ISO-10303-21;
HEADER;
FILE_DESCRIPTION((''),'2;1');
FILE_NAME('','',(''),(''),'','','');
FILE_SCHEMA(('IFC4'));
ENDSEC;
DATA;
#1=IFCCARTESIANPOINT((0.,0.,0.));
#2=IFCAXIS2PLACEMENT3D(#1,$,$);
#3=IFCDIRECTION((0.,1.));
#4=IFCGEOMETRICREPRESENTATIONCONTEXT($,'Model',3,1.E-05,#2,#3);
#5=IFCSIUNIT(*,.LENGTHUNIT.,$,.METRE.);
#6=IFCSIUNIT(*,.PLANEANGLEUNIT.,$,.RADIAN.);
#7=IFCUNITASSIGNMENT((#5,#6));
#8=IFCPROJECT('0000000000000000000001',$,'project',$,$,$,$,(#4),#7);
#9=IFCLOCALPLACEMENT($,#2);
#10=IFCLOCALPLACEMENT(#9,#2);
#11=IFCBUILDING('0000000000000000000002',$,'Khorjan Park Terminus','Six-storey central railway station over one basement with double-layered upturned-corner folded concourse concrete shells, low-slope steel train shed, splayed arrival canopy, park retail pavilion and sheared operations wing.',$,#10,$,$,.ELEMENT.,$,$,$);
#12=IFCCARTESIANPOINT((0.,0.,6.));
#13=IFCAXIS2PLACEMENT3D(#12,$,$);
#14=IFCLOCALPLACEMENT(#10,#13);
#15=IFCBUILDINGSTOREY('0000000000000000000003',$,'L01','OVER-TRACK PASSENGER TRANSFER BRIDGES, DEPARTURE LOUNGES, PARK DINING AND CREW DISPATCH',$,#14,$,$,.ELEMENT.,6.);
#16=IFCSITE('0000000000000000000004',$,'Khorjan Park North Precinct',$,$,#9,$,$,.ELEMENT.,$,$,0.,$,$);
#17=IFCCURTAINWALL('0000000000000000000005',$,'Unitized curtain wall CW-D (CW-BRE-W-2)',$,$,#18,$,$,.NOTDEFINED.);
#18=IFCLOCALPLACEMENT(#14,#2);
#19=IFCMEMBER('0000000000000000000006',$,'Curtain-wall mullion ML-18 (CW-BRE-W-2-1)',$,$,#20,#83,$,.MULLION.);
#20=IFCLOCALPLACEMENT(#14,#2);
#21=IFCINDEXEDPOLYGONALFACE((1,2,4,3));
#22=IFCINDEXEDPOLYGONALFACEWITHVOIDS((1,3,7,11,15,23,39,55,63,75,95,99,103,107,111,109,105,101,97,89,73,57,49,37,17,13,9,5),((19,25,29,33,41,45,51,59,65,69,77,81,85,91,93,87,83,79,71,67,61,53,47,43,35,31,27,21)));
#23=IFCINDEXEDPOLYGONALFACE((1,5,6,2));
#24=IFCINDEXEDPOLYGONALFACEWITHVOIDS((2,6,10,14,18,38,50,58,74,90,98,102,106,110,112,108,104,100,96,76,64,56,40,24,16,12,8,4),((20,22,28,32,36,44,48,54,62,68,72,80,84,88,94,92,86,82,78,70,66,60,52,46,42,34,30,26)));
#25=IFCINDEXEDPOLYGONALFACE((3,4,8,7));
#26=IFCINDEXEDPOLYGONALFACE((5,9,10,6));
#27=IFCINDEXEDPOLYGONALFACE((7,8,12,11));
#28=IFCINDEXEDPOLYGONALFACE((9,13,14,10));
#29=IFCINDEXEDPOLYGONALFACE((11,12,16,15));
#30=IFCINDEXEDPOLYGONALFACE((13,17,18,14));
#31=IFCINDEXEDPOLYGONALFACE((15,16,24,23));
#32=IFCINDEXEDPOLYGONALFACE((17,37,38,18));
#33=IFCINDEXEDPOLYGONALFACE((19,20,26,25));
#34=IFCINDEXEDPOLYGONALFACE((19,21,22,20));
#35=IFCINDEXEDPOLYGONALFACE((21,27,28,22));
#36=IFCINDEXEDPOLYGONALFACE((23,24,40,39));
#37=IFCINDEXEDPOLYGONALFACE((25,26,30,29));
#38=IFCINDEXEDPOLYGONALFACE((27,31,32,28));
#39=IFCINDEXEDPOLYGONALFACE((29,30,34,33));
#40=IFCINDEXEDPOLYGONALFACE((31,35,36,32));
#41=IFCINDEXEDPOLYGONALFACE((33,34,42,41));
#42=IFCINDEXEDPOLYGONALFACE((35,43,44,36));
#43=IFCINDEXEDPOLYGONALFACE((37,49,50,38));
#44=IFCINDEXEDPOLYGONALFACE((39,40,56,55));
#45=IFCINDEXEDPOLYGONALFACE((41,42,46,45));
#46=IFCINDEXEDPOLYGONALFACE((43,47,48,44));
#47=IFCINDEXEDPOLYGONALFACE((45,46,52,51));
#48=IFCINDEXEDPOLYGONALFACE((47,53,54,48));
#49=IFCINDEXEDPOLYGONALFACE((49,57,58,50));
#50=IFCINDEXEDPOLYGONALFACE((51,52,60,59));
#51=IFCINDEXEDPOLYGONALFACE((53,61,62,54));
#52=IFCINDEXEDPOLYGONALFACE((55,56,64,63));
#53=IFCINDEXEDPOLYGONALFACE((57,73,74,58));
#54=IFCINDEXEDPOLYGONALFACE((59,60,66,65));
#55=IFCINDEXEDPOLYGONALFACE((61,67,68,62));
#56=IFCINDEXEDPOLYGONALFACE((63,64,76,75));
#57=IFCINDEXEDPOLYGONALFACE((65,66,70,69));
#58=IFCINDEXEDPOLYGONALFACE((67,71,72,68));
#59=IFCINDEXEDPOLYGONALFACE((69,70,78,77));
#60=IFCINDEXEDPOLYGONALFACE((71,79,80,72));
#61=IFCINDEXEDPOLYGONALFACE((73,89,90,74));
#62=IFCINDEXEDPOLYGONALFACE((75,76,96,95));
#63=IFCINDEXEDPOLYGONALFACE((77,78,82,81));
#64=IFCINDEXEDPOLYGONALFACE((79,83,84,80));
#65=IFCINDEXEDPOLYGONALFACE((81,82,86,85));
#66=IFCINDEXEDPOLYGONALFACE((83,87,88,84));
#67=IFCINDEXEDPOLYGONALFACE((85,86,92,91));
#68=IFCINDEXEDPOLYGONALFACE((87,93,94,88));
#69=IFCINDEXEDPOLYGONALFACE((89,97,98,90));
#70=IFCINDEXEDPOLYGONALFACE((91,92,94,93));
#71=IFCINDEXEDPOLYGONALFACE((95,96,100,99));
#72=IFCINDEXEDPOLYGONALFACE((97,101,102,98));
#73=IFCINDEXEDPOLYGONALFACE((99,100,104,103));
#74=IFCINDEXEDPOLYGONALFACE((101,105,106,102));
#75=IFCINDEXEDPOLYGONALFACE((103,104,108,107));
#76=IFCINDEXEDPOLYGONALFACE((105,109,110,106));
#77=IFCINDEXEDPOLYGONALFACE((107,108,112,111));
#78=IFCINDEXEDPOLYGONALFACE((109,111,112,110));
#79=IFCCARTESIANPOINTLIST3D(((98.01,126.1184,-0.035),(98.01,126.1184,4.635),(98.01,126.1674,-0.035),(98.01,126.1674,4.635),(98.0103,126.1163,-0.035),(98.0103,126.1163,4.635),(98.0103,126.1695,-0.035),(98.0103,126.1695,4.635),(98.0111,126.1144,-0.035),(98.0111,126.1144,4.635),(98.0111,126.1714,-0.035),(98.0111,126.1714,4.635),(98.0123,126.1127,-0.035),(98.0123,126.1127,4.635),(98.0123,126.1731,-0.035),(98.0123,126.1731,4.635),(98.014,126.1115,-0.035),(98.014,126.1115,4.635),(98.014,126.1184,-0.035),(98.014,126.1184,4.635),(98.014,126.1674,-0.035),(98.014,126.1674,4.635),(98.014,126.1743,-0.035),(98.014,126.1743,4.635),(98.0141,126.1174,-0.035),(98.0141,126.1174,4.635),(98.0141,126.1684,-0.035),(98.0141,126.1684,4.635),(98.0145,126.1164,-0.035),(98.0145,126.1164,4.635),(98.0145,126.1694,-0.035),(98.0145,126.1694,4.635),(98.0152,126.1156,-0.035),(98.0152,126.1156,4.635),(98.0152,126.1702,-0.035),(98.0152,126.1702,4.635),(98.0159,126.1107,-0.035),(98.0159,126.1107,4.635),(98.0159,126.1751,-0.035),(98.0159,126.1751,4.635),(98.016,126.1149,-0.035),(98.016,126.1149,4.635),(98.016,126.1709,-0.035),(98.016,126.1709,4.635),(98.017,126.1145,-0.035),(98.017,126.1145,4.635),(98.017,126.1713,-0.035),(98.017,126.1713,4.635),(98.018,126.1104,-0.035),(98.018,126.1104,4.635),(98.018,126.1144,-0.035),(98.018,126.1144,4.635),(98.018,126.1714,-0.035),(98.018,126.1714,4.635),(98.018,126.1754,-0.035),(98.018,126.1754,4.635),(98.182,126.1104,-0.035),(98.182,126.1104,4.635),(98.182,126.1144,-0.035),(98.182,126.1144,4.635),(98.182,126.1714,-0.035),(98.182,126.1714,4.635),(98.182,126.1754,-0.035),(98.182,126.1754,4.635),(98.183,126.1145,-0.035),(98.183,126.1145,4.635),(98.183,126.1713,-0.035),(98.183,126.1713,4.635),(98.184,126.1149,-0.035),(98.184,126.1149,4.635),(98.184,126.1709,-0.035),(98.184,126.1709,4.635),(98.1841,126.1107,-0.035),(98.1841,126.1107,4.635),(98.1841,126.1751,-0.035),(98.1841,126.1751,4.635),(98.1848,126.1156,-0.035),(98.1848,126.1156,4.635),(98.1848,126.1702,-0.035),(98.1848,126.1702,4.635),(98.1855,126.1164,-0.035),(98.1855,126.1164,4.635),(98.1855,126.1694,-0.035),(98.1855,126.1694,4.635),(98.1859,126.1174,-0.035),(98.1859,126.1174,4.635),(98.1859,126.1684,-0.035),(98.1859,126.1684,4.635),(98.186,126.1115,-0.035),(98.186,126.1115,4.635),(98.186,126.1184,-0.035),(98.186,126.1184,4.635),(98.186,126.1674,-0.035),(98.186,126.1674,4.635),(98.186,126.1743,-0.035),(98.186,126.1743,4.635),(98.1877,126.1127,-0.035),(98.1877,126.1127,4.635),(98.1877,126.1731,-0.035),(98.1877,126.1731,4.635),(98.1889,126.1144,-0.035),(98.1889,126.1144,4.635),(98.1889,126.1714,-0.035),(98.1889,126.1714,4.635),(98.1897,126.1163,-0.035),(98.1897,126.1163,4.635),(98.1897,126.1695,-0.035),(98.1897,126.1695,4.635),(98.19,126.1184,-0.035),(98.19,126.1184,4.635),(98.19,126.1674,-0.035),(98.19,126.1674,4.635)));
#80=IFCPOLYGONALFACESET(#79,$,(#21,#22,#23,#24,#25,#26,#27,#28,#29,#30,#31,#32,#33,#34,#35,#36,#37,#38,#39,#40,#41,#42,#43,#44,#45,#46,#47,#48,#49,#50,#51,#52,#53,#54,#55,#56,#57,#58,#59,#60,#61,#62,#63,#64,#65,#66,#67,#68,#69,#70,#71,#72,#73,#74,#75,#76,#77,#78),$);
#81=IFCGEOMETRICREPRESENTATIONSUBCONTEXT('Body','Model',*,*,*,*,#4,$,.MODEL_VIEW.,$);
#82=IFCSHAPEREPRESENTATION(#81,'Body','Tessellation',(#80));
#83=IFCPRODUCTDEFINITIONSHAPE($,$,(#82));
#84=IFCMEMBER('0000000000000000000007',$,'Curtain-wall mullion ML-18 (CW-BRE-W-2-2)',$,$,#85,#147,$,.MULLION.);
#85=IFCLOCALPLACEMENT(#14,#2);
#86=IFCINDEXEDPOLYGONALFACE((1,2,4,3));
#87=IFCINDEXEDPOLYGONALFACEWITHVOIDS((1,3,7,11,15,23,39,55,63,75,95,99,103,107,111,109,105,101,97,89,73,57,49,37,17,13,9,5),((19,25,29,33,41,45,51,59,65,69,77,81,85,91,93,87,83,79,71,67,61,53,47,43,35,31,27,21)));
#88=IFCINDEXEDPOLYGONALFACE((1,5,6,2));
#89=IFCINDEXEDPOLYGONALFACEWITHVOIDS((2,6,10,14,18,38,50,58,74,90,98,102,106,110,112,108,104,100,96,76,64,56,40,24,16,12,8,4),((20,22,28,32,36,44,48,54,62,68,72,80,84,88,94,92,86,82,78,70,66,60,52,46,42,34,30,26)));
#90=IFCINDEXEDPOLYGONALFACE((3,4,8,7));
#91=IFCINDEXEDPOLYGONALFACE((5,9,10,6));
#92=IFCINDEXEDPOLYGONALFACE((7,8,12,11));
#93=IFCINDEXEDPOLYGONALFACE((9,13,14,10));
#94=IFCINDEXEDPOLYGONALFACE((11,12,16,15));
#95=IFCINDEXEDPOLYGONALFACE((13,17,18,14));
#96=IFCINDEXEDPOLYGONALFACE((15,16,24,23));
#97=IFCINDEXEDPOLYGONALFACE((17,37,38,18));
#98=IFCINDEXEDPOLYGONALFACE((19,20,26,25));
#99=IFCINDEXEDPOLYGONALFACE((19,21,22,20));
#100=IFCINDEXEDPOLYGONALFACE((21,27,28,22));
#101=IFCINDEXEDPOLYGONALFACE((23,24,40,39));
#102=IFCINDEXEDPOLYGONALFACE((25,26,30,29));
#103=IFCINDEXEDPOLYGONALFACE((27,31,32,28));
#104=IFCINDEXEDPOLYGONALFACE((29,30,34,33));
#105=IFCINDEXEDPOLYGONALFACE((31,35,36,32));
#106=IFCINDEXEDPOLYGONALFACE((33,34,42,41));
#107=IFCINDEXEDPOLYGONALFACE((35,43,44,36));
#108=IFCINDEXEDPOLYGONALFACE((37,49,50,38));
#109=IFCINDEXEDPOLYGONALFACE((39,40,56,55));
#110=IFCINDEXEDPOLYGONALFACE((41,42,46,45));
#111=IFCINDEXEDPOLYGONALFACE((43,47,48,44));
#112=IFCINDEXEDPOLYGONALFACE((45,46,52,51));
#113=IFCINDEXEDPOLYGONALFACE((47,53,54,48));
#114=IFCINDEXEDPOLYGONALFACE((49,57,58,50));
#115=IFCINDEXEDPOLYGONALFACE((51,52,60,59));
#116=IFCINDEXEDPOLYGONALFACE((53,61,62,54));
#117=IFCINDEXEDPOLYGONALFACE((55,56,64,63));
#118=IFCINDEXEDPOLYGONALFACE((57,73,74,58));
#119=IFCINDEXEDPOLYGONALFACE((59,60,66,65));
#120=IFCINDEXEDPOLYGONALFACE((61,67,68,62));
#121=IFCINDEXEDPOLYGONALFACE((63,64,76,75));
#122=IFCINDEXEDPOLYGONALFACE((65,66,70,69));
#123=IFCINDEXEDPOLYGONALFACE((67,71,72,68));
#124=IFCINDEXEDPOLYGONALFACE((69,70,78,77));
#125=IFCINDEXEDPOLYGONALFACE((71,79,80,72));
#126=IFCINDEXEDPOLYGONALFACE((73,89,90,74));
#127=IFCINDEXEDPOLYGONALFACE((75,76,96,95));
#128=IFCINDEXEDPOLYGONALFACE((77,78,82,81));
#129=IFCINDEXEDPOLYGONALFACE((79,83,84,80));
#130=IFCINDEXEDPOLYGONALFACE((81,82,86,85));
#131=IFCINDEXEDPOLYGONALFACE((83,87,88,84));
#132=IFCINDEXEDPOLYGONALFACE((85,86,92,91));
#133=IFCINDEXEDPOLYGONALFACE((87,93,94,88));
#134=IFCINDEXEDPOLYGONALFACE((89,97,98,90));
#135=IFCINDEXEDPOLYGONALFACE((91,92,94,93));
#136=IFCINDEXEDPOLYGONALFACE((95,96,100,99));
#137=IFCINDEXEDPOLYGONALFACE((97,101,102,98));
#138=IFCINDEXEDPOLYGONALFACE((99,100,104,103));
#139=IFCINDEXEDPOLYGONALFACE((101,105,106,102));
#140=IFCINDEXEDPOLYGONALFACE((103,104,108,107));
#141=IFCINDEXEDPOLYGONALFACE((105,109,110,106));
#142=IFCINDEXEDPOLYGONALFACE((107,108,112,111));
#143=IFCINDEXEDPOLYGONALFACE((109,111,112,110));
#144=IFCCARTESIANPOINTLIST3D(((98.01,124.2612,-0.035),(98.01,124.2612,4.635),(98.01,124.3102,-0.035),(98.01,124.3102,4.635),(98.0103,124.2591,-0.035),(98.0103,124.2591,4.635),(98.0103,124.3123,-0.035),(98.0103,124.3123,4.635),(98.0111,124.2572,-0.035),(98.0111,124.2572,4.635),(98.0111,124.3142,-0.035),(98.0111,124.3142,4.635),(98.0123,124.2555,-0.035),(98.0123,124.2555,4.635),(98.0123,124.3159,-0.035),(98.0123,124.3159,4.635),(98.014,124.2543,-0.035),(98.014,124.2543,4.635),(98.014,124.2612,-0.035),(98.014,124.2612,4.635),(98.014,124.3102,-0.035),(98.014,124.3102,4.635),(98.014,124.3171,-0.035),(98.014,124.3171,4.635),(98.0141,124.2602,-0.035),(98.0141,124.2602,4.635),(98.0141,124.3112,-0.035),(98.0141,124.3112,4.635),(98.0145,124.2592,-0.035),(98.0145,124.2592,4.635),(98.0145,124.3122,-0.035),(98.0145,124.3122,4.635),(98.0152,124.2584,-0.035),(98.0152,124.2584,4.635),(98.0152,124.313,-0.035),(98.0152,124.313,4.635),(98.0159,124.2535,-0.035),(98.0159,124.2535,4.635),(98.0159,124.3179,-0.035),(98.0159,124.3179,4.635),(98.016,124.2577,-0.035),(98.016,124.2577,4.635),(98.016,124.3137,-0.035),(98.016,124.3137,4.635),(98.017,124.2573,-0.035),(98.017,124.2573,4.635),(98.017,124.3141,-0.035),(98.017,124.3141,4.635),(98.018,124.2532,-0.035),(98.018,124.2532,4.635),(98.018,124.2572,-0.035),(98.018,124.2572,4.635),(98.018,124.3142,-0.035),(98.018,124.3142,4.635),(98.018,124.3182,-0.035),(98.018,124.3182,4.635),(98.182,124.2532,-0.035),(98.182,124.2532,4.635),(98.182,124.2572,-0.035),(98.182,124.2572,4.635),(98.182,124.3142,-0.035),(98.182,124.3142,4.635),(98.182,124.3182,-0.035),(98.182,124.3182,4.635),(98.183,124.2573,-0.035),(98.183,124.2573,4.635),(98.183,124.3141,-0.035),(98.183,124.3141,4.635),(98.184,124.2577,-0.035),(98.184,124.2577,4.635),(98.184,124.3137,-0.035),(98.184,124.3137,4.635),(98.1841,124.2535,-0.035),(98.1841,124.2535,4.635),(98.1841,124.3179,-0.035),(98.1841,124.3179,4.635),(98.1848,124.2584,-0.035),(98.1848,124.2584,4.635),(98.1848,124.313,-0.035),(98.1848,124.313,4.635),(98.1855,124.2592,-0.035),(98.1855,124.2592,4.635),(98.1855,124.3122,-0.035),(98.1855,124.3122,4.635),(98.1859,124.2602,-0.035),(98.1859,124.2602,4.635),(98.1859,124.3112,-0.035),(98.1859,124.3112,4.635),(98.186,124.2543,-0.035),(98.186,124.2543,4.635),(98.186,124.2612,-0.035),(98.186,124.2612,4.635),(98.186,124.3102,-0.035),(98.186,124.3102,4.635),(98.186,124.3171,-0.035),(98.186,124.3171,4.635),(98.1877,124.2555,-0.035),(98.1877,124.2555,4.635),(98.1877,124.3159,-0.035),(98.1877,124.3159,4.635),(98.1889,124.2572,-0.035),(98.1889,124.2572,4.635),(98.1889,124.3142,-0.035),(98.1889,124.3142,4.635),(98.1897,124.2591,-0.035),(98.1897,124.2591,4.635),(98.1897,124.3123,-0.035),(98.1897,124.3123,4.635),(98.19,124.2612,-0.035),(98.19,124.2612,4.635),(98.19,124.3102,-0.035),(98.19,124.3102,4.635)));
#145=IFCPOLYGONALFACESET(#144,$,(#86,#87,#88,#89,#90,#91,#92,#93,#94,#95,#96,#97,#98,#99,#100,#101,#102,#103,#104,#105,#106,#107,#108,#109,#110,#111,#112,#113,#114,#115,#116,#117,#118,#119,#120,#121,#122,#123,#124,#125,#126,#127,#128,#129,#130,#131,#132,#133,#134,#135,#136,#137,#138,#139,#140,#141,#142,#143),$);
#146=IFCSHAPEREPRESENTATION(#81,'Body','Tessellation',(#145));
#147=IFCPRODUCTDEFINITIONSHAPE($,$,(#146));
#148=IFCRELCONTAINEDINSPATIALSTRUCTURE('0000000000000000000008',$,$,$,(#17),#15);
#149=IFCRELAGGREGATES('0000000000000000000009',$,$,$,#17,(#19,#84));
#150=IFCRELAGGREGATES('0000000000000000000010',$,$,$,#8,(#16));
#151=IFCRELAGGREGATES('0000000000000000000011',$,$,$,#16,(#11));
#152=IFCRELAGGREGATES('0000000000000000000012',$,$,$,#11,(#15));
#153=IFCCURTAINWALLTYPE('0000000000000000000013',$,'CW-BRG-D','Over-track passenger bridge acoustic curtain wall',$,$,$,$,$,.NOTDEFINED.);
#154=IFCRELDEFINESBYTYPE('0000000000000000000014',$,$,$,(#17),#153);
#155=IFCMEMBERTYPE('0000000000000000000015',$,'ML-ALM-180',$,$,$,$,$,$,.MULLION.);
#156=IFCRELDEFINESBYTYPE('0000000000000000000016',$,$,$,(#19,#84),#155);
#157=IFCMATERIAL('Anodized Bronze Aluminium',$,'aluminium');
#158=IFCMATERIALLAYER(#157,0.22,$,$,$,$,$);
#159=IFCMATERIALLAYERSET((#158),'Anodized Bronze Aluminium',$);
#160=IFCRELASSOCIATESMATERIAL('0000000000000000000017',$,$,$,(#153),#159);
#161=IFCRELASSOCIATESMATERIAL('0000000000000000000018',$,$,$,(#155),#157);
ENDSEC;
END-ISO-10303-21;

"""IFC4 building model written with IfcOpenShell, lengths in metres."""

from ifc_helpers import new_model, si_unit, direction, frame, origin, origin_2d, place, context, subcontext, project, spatial, hollow_rectangle, extrude, material, layer, layer_set, material_profile, profile_set, type_object, element, aggregate, save


model = new_model("IFC4")

# Units and contexts
model_context = context("Model", 3, precision=1e-05, world=origin(), true_north=direction((0.0, 1.0)))
body_context = subcontext(model_context, "Body", "Model", "MODEL_VIEW")
ifc_project = project(units=[si_unit("LENGTHUNIT", "METRE"), si_unit("PLANEANGLEUNIT", "RADIAN")], contexts=[model_context])

# Site, building, storey
site_placement = place(None, origin())
site = spatial("IfcSite", under=ifc_project, at=site_placement, Name="Khorjan Park North Precinct", CompositionType="ELEMENT", RefElevation=0.0)
building_placement = place(site_placement, origin())
building = spatial("IfcBuilding", under=site, at=building_placement, Name="Khorjan Park Terminus", Description="Six-storey central railway station over one basement with double-layered upturned-corner folded concourse concrete shells, low-slope steel train shed, splayed arrival canopy, park retail pavilion and sheared operations wing.", CompositionType="ELEMENT")
storey_placement = place(building_placement, frame((0.0, 0.0, 6.0)))
storey = spatial("IfcBuildingStorey", under=building, at=storey_placement, Name="L01", Description="OVER-TRACK PASSENGER TRANSFER BRIDGES, DEPARTURE LOUNGES, PARK DINING AND CREW DISPATCH", CompositionType="ELEMENT", Elevation=6.0)

# Curtain wall, members
ifc_material_1 = material(Name="Anodized Bronze Aluminium", Category="aluminium")
ifc_layer_1 = layer(ifc_material_1, 0.22)
ifc_layer_set_1 = layer_set([ifc_layer_1], Name="Anodized Bronze Aluminium")
curtain_wall_type = type_object("IfcCurtainWallType", Name="CW-BRG-D", Description="Over-track passenger bridge acoustic curtain wall", PredefinedType="NOTDEFINED", material=ifc_layer_set_1)
curtain_wall_placement = place(storey_placement, origin())
curtain_wall = element("IfcCurtainWall", 1, at=curtain_wall_placement, inside=storey, type_object=curtain_wall_type, Name="Unitized curtain wall CW-D (CW-BRE-W-2)", PredefinedType="NOTDEFINED")
ifc_material_profile_1 = material_profile(ifc_material_1, hollow_rectangle(XDim=0.065, YDim=0.18, WallThickness=0.004, InnerFilletRadius=0.004, OuterFilletRadius=0.008, at=origin_2d()), Name="ALM 65x180x4")
ifc_profile_set_1 = profile_set([ifc_material_profile_1], Name="Anodized Bronze Aluminium")
member_type_1 = type_object("IfcMemberType", Name="ML-ALM-180", PredefinedType="MULLION", material=ifc_profile_set_1)
member_1_placement = place(storey_placement, frame((98.1, 126.1429, -0.035), z_axis=(0.0, 0.0, 1.0), x_axis=(0.0, -1.0, 0.0)))
member_1 = element("IfcMember", 2, at=member_1_placement, type_object=member_type_1, Name="Curtain-wall mullion ML-18 (CW-BRE-W-2-1)", PredefinedType="MULLION", context=body_context, shape_type="SweptSolid", body=[
    extrude(hollow_rectangle(XDim=0.065, YDim=0.18, WallThickness=0.004, InnerFilletRadius=0.004, OuterFilletRadius=0.008, at=origin_2d()), origin(), (0.0, 0.0, 1.0), 4.67),
])
member_2_placement = place(storey_placement, frame((98.1, 124.2857, -0.035), z_axis=(0.0, 0.0, 1.0), x_axis=(0.0, -1.0, 0.0)))
member_2 = element("IfcMember", 3, at=member_2_placement, type_object=member_type_1, Name="Curtain-wall mullion ML-18 (CW-BRE-W-2-2)", PredefinedType="MULLION", context=body_context, shape_type="SweptSolid", body=[
    extrude(hollow_rectangle(XDim=0.065, YDim=0.18, WallThickness=0.004, InnerFilletRadius=0.004, OuterFilletRadius=0.008, at=origin_2d()), origin(), (0.0, 0.0, 1.0), 4.67),
])
aggregate(curtain_wall, [member_1, member_2])

save(model, "model.ifc")
